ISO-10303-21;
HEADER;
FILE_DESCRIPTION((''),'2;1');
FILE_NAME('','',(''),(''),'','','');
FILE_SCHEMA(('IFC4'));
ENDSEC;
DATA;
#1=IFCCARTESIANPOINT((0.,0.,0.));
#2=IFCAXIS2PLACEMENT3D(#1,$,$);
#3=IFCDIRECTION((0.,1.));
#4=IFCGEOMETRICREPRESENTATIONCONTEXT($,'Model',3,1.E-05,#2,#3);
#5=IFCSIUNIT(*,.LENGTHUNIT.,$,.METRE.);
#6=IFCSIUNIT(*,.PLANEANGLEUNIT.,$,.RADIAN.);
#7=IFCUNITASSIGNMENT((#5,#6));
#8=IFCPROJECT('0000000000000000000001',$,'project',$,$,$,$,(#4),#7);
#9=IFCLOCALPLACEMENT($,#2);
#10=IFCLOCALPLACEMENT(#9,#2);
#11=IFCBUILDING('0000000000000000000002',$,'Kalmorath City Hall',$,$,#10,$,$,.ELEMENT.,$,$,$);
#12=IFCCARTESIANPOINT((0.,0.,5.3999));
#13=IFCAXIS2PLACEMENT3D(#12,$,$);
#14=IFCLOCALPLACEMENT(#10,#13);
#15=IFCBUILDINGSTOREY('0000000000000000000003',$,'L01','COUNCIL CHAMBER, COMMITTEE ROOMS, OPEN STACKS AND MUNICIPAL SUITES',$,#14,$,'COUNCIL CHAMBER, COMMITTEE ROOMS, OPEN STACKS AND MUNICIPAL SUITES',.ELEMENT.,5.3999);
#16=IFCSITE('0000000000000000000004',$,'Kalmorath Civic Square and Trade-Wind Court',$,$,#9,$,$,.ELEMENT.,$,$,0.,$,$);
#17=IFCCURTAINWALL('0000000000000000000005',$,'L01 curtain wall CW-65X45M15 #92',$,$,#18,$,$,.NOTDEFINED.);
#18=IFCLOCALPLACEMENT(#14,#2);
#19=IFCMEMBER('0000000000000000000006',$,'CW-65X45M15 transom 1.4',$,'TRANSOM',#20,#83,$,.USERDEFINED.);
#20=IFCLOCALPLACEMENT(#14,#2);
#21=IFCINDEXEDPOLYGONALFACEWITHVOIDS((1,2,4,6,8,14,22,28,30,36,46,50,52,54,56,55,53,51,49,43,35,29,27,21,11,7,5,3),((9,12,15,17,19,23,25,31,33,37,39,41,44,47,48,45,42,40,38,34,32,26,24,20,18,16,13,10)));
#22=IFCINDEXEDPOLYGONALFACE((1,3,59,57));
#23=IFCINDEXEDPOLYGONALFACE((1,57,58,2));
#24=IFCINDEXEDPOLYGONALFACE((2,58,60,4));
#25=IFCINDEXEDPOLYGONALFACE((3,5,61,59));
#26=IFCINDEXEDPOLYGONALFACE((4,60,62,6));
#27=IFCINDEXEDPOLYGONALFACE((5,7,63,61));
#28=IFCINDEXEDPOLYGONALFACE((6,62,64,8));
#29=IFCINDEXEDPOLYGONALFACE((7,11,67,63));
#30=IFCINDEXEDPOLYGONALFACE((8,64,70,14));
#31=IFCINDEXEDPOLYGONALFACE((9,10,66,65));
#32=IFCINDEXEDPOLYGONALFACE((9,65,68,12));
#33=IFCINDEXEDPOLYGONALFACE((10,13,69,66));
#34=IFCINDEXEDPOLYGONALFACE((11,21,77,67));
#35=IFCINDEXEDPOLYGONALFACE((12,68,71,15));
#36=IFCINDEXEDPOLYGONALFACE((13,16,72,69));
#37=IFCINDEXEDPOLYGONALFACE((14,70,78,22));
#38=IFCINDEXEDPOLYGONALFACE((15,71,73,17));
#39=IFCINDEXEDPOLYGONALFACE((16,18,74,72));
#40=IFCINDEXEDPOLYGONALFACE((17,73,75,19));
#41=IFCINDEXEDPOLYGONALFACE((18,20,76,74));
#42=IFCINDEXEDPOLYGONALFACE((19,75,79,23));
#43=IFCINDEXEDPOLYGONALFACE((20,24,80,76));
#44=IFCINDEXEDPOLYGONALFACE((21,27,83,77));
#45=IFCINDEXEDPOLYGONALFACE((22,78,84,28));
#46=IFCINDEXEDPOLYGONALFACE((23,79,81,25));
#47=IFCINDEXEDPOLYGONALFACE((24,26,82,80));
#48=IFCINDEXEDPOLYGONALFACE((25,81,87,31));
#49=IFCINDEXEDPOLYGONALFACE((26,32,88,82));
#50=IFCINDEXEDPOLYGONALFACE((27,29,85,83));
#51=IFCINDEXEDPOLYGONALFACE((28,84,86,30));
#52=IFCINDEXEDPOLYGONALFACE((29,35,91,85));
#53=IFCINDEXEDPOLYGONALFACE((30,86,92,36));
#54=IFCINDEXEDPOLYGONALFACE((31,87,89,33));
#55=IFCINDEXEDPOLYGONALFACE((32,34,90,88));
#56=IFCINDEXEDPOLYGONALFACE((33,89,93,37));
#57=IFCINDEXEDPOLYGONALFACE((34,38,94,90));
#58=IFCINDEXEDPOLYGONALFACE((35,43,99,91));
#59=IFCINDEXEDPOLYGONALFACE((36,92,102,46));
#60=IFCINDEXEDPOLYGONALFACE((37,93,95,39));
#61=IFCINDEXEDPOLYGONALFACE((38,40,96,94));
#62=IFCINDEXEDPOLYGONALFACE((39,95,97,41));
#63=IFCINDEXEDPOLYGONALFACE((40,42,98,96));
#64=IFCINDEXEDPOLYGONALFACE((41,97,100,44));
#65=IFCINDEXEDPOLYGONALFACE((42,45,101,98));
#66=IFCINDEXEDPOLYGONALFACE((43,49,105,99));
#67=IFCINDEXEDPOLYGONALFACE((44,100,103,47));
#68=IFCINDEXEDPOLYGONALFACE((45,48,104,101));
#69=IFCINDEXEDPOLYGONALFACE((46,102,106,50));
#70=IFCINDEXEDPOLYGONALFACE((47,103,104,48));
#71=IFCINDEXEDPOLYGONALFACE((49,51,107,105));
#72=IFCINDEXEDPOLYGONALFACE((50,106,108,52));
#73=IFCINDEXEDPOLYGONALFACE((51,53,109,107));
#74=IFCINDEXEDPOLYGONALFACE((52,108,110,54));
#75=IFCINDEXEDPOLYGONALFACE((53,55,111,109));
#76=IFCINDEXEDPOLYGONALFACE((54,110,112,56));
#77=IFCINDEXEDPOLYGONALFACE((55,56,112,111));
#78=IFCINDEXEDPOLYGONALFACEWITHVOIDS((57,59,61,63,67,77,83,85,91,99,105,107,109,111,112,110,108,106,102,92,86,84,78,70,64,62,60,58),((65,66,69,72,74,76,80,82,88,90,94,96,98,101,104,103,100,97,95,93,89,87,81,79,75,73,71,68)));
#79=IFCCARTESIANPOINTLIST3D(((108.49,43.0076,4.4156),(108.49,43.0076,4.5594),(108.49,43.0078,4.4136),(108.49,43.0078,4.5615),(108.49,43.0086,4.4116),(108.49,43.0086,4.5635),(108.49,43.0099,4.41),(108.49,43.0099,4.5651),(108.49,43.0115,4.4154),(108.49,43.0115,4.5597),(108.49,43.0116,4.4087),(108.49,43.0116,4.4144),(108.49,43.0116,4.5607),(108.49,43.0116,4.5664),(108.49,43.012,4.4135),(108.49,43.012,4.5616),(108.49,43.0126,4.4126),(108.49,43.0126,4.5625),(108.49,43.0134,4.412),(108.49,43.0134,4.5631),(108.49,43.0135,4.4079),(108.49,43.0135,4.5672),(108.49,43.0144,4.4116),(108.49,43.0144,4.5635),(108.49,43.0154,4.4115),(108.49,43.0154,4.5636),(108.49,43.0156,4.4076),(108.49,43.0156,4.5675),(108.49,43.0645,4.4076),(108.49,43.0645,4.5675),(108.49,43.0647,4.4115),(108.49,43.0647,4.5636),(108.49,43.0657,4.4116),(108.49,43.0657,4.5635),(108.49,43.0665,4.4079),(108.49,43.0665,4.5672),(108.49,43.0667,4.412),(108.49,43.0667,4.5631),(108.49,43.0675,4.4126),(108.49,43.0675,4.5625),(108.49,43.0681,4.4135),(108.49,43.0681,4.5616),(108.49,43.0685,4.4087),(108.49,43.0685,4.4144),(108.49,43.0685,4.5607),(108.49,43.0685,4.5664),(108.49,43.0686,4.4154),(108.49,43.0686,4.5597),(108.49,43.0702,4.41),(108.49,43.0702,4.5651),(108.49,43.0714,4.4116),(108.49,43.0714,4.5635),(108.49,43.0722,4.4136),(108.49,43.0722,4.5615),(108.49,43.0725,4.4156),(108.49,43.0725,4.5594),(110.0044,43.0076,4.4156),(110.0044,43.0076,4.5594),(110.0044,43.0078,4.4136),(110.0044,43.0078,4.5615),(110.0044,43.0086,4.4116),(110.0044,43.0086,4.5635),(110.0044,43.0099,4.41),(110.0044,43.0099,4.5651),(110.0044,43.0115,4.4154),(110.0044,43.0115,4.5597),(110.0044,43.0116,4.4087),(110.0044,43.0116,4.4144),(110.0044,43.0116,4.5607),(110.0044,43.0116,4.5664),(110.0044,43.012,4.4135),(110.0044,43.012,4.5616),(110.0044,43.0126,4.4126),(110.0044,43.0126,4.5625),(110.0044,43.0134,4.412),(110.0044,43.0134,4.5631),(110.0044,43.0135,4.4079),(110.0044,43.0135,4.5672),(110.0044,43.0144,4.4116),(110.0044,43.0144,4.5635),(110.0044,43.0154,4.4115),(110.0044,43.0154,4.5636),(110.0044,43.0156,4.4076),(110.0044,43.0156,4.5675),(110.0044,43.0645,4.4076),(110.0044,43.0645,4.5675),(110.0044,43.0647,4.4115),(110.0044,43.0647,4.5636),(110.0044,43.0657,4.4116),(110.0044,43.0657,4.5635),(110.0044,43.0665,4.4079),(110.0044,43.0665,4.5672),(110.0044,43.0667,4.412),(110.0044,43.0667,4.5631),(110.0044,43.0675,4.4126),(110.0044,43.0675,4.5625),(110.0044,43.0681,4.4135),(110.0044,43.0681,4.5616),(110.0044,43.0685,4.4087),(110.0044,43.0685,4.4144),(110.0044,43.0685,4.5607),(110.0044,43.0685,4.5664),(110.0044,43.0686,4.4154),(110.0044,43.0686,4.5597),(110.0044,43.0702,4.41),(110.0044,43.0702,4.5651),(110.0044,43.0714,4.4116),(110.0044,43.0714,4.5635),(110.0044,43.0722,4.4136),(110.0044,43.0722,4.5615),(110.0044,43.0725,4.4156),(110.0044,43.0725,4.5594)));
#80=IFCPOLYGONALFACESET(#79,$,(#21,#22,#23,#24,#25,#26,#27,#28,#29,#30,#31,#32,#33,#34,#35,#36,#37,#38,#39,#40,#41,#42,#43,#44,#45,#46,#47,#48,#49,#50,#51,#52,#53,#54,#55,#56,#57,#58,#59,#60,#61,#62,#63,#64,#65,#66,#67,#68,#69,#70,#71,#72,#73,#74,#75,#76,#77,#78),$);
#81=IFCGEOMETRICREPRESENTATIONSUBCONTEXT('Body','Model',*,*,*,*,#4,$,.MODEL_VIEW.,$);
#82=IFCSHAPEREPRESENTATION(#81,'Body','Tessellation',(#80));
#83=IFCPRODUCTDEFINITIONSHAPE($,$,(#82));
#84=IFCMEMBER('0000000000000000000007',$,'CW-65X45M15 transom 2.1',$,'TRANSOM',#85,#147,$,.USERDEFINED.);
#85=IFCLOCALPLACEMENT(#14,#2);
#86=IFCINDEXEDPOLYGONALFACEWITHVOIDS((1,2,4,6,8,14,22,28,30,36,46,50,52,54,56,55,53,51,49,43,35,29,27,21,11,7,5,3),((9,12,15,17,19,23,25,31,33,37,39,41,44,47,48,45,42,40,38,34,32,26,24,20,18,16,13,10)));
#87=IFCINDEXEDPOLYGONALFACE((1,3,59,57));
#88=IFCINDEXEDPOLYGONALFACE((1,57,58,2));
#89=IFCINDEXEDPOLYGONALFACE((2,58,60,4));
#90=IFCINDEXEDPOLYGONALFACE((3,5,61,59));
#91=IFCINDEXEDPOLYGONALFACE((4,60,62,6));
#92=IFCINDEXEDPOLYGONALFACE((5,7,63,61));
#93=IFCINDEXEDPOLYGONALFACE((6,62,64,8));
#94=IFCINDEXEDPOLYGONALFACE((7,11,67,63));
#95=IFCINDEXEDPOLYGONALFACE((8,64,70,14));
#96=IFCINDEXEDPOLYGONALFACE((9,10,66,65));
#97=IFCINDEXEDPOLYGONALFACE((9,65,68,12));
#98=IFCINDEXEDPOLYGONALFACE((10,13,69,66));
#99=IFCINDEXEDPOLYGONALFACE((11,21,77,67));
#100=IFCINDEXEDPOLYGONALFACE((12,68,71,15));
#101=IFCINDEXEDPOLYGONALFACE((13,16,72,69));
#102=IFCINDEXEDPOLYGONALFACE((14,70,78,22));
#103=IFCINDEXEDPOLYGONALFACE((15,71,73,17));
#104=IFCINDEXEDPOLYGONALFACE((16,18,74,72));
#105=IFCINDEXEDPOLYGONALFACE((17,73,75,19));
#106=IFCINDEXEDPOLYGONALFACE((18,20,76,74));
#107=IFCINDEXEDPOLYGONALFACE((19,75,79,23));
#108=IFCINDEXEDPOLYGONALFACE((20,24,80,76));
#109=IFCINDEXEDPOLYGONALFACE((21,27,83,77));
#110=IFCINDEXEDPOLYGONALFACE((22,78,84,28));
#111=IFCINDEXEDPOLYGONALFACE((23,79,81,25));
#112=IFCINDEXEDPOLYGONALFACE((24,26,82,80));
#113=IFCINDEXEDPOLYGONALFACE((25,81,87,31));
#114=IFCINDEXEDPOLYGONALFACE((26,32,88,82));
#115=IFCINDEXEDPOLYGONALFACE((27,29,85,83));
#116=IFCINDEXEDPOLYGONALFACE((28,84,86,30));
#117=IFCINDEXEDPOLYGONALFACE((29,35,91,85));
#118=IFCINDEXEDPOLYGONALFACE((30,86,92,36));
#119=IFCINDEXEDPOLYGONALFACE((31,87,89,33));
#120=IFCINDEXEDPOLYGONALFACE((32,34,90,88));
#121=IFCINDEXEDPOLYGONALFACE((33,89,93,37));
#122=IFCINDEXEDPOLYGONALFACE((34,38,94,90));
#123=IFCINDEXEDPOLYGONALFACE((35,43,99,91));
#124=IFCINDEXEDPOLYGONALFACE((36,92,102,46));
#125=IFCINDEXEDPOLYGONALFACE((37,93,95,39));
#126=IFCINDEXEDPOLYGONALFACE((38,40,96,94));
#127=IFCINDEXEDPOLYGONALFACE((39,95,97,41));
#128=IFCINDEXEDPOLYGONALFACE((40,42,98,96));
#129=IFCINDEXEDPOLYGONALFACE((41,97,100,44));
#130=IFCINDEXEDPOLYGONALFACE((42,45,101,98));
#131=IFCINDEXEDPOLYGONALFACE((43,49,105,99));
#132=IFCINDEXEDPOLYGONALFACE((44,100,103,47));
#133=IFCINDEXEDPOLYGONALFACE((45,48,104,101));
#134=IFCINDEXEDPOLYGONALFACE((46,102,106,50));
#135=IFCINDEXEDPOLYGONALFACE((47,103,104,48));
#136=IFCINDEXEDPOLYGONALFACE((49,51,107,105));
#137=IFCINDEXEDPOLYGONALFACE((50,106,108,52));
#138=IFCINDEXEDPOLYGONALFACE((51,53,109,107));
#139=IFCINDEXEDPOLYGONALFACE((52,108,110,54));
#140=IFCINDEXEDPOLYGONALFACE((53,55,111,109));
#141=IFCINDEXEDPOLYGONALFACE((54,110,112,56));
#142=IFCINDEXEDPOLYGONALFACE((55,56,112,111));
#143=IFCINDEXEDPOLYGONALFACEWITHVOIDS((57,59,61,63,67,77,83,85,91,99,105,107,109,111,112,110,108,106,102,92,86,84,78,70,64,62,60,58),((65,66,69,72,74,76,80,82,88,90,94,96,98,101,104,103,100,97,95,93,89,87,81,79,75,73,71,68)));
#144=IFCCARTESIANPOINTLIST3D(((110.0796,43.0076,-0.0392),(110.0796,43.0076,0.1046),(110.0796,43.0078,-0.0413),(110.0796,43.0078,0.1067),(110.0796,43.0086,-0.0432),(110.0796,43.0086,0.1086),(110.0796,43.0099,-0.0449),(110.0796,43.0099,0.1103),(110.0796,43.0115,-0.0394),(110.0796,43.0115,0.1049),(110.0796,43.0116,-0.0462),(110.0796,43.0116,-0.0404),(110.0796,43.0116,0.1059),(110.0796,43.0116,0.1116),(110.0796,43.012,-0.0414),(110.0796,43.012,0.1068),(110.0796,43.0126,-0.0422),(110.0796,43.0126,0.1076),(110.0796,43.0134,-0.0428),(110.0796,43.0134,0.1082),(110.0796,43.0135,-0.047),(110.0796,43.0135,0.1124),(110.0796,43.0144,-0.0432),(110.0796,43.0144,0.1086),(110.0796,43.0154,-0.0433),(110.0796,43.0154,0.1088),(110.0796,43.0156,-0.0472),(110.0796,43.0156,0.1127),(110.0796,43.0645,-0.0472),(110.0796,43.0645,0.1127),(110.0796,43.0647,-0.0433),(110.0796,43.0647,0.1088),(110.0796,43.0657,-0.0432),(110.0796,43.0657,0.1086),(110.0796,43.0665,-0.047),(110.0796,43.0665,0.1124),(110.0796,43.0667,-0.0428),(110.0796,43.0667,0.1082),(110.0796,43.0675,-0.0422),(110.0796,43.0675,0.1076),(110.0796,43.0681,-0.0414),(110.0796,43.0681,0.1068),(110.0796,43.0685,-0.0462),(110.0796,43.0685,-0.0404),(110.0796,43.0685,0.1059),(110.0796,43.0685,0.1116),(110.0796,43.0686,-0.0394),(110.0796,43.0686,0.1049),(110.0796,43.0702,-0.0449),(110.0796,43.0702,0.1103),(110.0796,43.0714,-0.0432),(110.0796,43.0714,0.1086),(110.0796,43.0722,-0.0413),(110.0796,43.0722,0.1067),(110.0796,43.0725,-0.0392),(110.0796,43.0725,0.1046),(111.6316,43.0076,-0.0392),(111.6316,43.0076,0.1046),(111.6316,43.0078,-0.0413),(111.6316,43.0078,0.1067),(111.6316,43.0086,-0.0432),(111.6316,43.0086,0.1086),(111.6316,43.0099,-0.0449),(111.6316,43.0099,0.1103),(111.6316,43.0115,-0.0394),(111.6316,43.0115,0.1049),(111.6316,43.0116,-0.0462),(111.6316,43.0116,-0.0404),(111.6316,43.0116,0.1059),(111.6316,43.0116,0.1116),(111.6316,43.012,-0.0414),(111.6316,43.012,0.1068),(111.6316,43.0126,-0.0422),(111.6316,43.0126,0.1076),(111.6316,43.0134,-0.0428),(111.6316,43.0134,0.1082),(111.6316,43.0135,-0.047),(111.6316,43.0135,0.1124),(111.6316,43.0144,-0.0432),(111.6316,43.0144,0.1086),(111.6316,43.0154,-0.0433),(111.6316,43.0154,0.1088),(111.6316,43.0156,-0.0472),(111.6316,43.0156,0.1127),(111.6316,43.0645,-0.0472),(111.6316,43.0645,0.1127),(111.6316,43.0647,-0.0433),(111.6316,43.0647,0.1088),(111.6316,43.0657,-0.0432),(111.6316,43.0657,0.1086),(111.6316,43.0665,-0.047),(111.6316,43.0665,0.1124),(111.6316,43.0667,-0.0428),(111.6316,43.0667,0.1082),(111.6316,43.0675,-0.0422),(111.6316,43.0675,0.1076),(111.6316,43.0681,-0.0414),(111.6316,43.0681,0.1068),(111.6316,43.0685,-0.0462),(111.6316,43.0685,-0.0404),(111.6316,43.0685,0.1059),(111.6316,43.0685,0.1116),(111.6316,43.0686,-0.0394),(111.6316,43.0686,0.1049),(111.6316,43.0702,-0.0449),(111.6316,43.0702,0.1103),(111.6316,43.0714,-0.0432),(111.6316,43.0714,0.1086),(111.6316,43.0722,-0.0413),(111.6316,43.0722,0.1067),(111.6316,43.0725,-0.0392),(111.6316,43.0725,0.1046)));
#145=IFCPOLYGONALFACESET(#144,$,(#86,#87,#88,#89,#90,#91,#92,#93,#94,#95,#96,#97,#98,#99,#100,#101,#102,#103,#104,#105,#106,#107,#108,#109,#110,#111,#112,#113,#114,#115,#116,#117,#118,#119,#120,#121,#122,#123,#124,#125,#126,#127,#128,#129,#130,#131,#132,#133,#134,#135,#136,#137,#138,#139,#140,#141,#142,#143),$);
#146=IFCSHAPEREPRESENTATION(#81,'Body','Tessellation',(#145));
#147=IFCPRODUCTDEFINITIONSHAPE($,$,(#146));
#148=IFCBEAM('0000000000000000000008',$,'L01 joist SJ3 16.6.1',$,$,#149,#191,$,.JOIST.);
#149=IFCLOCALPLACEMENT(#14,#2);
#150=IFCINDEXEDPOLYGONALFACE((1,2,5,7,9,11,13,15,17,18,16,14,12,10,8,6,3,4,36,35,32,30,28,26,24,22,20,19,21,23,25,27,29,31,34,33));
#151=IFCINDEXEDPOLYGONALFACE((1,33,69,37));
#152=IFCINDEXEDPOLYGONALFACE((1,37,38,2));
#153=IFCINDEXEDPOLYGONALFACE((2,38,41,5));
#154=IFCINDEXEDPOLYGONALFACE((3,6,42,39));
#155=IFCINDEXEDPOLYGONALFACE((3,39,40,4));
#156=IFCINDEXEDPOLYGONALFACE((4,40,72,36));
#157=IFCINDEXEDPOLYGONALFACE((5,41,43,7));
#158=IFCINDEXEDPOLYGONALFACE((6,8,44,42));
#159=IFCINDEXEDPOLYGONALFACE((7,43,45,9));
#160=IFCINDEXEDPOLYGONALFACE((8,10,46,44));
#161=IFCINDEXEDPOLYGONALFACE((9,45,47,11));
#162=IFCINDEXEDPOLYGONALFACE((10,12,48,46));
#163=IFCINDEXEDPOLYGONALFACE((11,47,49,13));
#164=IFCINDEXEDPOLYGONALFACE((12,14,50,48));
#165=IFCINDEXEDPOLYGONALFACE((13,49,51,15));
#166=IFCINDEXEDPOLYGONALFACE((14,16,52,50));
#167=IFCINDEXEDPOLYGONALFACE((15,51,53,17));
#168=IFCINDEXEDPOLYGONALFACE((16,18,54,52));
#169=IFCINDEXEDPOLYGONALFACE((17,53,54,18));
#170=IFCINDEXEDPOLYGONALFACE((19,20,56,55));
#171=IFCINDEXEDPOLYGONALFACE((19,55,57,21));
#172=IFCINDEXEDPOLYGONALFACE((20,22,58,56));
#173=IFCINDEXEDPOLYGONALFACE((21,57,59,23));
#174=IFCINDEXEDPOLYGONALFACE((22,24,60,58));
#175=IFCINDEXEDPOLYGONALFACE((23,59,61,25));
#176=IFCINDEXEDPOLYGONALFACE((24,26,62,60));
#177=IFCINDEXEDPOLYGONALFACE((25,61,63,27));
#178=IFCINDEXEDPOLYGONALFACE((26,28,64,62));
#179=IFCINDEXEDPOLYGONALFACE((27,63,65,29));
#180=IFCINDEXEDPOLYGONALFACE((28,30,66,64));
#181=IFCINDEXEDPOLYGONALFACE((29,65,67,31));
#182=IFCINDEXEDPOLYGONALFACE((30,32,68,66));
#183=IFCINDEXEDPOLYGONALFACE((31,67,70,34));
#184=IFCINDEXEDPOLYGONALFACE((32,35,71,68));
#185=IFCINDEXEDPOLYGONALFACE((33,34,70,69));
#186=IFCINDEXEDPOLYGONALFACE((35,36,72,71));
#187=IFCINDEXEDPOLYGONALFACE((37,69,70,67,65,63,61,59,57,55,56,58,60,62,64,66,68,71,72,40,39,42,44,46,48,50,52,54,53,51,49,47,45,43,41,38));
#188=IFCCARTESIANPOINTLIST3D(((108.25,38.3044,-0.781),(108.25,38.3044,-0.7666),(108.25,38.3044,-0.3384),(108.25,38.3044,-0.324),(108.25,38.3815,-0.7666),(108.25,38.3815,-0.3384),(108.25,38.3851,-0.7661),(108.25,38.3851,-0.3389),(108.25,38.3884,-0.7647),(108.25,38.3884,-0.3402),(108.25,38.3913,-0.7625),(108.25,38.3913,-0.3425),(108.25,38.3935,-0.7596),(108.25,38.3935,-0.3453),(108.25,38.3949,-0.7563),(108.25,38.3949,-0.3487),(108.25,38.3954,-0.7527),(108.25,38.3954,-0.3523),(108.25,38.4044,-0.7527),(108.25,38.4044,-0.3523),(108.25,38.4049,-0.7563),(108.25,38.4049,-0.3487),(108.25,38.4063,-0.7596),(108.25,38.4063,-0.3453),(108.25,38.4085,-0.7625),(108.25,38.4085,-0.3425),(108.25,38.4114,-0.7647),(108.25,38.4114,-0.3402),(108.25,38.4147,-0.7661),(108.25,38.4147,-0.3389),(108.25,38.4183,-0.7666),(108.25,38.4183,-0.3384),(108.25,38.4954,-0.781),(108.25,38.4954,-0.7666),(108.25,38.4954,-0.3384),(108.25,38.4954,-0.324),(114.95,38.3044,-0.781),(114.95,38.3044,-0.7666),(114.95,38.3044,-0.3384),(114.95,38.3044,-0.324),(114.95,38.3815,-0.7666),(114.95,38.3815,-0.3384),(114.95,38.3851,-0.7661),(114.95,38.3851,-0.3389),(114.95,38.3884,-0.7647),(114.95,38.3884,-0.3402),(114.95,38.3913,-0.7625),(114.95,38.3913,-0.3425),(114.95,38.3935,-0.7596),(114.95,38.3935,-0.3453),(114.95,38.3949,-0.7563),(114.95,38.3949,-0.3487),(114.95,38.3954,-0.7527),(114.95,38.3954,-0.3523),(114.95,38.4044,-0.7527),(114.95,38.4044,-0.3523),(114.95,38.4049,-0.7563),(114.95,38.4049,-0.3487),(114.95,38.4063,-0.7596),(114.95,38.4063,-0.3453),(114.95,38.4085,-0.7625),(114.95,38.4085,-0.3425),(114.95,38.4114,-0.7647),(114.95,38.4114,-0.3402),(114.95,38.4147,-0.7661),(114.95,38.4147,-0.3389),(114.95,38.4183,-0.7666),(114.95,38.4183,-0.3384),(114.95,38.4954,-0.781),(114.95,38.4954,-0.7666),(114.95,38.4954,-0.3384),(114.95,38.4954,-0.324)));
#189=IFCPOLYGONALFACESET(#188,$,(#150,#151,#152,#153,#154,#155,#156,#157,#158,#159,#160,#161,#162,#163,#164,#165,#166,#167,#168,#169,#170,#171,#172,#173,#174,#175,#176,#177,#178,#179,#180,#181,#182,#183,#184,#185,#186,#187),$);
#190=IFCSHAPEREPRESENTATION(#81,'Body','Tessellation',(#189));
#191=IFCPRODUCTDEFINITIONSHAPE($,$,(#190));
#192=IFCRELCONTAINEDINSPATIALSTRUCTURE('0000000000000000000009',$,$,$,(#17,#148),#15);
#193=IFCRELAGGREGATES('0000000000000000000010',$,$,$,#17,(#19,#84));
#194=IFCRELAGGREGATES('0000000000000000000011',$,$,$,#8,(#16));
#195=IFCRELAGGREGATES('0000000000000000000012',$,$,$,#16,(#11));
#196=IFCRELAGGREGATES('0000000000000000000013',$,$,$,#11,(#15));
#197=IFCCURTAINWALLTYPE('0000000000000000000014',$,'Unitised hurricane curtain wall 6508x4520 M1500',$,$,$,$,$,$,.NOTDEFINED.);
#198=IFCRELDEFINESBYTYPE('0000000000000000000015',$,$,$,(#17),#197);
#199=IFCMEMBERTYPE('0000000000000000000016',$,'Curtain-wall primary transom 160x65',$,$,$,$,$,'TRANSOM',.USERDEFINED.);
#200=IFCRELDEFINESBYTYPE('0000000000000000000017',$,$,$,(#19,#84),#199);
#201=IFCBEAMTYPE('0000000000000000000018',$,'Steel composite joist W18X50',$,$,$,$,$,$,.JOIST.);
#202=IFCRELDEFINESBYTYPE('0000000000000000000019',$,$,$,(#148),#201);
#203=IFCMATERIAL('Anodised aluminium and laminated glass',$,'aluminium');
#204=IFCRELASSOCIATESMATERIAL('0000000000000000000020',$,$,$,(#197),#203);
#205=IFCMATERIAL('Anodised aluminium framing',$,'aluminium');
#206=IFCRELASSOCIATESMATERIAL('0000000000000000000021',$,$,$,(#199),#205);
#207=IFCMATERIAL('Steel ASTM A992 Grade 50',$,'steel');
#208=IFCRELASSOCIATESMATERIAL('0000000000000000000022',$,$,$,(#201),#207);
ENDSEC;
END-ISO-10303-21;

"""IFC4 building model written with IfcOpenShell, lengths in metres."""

from ifc_helpers import new_model, si_unit, direction, frame, origin, origin_2d, place, context, subcontext, project, spatial, hollow_rectangle, i_section, extrude, material, material_profile, profile_set, type_object, element, aggregate, save


model = new_model("IFC4")

# Units and contexts
model_context = context("Model", 3, precision=1e-05, world=origin(), true_north=direction((0.0, 1.0)))
body_context = subcontext(model_context, "Body", "Model", "MODEL_VIEW")
ifc_project = project(units=[si_unit("LENGTHUNIT", "METRE"), si_unit("PLANEANGLEUNIT", "RADIAN")], contexts=[model_context])

# Site, building, storey
site_placement = place(None, origin())
site = spatial("IfcSite", under=ifc_project, at=site_placement, Name="Kalmorath Civic Square and Trade-Wind Court", CompositionType="ELEMENT", RefElevation=0.0)
building_placement = place(site_placement, origin())
building = spatial("IfcBuilding", under=site, at=building_placement, Name="Kalmorath City Hall", CompositionType="ELEMENT")
storey_placement = place(building_placement, frame((0.0, 0.0, 5.3999)))
storey = spatial("IfcBuildingStorey", under=building, at=storey_placement, Name="L01", Description="COUNCIL CHAMBER, COMMITTEE ROOMS, OPEN STACKS AND MUNICIPAL SUITES", LongName="COUNCIL CHAMBER, COMMITTEE ROOMS, OPEN STACKS AND MUNICIPAL SUITES", CompositionType="ELEMENT", Elevation=5.3999)

# Curtain wall, members
ifc_material_1 = material(Name="Anodised aluminium and laminated glass", Category="aluminium")
curtain_wall_type_1 = type_object("IfcCurtainWallType", Name="Unitised hurricane curtain wall 6508x4520 M1500", PredefinedType="NOTDEFINED", material=ifc_material_1)
curtain_wall_1_placement = place(storey_placement, origin())
curtain_wall_1 = element("IfcCurtainWall", 1, at=curtain_wall_1_placement, inside=storey, type_object=curtain_wall_type_1, Name="L01 curtain wall CW-65X45M15 #92", PredefinedType="NOTDEFINED")
ifc_material_2 = material(Name="Anodised aluminium framing", Category="aluminium")
ifc_material_profile_1 = material_profile(ifc_material_2, hollow_rectangle(XDim=0.0649, YDim=0.1599, WallThickness=0.0039, InnerFilletRadius=0.0039, OuterFilletRadius=0.0081, at=origin_2d()), Name="ALU-TRN-160X65X4")
ifc_profile_set_1 = profile_set([ifc_material_profile_1], Name="Anodised aluminium framing")
member_type_1 = type_object("IfcMemberType", Name="Curtain-wall primary transom 160x65", ElementType="TRANSOM", PredefinedType="USERDEFINED", material=ifc_profile_set_1)
member_1_placement = place(storey_placement, frame((108.49, 43.04, 4.4875), z_axis=(1.0, 0.0, 0.0), x_axis=(0.0, 1.0, 0.0)))
member_1 = element("IfcMember", 2, at=member_1_placement, type_object=member_type_1, Name="CW-65X45M15 transom 1.4", ObjectType="TRANSOM", PredefinedType="USERDEFINED", context=body_context, shape_type="SweptSolid", body=[
    extrude(hollow_rectangle(XDim=0.0649, YDim=0.1599, WallThickness=0.0039, InnerFilletRadius=0.0039, OuterFilletRadius=0.0081, at=origin_2d()), origin(), (0.0, 0.0, 1.0), 1.5144),
])
member_2_placement = place(storey_placement, frame((110.0796, 43.04, 0.0327), z_axis=(1.0, 0.0, 0.0), x_axis=(0.0, 1.0, 0.0)))
member_2 = element("IfcMember", 3, at=member_2_placement, type_object=member_type_1, Name="CW-65X45M15 transom 2.1", ObjectType="TRANSOM", PredefinedType="USERDEFINED", context=body_context, shape_type="SweptSolid", body=[
    extrude(hollow_rectangle(XDim=0.0649, YDim=0.1599, WallThickness=0.0039, InnerFilletRadius=0.0039, OuterFilletRadius=0.0081, at=origin_2d()), origin(), (0.0, 0.0, 1.0), 1.552),
])

# Beam
ifc_material_3 = material(Name="Steel ASTM A992 Grade 50", Category="steel")
ifc_material_profile_2 = material_profile(ifc_material_3, i_section(OverallWidth=0.1909, OverallDepth=0.457, WebThickness=0.009, FlangeThickness=0.0144, FilletRadius=0.0139, at=origin_2d()), Name="W18X50")
ifc_profile_set_2 = profile_set([ifc_material_profile_2], Name="Steel ASTM A992 Grade 50")
beam_type_1 = type_object("IfcBeamType", Name="Steel composite joist W18X50", PredefinedType="JOIST", material=ifc_profile_set_2)
for number, where, z_axis, x_axis, name in (
    (4, (108.25, 38.3999, -0.5525), (1.0, 0.0, 0.0), (0.0, 1.0, 0.0), "L01 joist SJ3 16.6.1"),
):
    element("IfcBeam", number, at=place(storey_placement, frame(where, z_axis=z_axis, x_axis=x_axis)), inside=storey, type_object=beam_type_1, Name=name, PredefinedType="JOIST", context=body_context, shape_type="SweptSolid", body=[
        extrude(i_section(OverallWidth=0.1909, OverallDepth=0.457, WebThickness=0.009, FlangeThickness=0.0144, FilletRadius=0.0139, at=origin_2d()), origin(), (0.0, 0.0, 1.0), 6.7),
    ])

aggregate(curtain_wall_1, [member_1, member_2])

save(model, "model.ifc")
